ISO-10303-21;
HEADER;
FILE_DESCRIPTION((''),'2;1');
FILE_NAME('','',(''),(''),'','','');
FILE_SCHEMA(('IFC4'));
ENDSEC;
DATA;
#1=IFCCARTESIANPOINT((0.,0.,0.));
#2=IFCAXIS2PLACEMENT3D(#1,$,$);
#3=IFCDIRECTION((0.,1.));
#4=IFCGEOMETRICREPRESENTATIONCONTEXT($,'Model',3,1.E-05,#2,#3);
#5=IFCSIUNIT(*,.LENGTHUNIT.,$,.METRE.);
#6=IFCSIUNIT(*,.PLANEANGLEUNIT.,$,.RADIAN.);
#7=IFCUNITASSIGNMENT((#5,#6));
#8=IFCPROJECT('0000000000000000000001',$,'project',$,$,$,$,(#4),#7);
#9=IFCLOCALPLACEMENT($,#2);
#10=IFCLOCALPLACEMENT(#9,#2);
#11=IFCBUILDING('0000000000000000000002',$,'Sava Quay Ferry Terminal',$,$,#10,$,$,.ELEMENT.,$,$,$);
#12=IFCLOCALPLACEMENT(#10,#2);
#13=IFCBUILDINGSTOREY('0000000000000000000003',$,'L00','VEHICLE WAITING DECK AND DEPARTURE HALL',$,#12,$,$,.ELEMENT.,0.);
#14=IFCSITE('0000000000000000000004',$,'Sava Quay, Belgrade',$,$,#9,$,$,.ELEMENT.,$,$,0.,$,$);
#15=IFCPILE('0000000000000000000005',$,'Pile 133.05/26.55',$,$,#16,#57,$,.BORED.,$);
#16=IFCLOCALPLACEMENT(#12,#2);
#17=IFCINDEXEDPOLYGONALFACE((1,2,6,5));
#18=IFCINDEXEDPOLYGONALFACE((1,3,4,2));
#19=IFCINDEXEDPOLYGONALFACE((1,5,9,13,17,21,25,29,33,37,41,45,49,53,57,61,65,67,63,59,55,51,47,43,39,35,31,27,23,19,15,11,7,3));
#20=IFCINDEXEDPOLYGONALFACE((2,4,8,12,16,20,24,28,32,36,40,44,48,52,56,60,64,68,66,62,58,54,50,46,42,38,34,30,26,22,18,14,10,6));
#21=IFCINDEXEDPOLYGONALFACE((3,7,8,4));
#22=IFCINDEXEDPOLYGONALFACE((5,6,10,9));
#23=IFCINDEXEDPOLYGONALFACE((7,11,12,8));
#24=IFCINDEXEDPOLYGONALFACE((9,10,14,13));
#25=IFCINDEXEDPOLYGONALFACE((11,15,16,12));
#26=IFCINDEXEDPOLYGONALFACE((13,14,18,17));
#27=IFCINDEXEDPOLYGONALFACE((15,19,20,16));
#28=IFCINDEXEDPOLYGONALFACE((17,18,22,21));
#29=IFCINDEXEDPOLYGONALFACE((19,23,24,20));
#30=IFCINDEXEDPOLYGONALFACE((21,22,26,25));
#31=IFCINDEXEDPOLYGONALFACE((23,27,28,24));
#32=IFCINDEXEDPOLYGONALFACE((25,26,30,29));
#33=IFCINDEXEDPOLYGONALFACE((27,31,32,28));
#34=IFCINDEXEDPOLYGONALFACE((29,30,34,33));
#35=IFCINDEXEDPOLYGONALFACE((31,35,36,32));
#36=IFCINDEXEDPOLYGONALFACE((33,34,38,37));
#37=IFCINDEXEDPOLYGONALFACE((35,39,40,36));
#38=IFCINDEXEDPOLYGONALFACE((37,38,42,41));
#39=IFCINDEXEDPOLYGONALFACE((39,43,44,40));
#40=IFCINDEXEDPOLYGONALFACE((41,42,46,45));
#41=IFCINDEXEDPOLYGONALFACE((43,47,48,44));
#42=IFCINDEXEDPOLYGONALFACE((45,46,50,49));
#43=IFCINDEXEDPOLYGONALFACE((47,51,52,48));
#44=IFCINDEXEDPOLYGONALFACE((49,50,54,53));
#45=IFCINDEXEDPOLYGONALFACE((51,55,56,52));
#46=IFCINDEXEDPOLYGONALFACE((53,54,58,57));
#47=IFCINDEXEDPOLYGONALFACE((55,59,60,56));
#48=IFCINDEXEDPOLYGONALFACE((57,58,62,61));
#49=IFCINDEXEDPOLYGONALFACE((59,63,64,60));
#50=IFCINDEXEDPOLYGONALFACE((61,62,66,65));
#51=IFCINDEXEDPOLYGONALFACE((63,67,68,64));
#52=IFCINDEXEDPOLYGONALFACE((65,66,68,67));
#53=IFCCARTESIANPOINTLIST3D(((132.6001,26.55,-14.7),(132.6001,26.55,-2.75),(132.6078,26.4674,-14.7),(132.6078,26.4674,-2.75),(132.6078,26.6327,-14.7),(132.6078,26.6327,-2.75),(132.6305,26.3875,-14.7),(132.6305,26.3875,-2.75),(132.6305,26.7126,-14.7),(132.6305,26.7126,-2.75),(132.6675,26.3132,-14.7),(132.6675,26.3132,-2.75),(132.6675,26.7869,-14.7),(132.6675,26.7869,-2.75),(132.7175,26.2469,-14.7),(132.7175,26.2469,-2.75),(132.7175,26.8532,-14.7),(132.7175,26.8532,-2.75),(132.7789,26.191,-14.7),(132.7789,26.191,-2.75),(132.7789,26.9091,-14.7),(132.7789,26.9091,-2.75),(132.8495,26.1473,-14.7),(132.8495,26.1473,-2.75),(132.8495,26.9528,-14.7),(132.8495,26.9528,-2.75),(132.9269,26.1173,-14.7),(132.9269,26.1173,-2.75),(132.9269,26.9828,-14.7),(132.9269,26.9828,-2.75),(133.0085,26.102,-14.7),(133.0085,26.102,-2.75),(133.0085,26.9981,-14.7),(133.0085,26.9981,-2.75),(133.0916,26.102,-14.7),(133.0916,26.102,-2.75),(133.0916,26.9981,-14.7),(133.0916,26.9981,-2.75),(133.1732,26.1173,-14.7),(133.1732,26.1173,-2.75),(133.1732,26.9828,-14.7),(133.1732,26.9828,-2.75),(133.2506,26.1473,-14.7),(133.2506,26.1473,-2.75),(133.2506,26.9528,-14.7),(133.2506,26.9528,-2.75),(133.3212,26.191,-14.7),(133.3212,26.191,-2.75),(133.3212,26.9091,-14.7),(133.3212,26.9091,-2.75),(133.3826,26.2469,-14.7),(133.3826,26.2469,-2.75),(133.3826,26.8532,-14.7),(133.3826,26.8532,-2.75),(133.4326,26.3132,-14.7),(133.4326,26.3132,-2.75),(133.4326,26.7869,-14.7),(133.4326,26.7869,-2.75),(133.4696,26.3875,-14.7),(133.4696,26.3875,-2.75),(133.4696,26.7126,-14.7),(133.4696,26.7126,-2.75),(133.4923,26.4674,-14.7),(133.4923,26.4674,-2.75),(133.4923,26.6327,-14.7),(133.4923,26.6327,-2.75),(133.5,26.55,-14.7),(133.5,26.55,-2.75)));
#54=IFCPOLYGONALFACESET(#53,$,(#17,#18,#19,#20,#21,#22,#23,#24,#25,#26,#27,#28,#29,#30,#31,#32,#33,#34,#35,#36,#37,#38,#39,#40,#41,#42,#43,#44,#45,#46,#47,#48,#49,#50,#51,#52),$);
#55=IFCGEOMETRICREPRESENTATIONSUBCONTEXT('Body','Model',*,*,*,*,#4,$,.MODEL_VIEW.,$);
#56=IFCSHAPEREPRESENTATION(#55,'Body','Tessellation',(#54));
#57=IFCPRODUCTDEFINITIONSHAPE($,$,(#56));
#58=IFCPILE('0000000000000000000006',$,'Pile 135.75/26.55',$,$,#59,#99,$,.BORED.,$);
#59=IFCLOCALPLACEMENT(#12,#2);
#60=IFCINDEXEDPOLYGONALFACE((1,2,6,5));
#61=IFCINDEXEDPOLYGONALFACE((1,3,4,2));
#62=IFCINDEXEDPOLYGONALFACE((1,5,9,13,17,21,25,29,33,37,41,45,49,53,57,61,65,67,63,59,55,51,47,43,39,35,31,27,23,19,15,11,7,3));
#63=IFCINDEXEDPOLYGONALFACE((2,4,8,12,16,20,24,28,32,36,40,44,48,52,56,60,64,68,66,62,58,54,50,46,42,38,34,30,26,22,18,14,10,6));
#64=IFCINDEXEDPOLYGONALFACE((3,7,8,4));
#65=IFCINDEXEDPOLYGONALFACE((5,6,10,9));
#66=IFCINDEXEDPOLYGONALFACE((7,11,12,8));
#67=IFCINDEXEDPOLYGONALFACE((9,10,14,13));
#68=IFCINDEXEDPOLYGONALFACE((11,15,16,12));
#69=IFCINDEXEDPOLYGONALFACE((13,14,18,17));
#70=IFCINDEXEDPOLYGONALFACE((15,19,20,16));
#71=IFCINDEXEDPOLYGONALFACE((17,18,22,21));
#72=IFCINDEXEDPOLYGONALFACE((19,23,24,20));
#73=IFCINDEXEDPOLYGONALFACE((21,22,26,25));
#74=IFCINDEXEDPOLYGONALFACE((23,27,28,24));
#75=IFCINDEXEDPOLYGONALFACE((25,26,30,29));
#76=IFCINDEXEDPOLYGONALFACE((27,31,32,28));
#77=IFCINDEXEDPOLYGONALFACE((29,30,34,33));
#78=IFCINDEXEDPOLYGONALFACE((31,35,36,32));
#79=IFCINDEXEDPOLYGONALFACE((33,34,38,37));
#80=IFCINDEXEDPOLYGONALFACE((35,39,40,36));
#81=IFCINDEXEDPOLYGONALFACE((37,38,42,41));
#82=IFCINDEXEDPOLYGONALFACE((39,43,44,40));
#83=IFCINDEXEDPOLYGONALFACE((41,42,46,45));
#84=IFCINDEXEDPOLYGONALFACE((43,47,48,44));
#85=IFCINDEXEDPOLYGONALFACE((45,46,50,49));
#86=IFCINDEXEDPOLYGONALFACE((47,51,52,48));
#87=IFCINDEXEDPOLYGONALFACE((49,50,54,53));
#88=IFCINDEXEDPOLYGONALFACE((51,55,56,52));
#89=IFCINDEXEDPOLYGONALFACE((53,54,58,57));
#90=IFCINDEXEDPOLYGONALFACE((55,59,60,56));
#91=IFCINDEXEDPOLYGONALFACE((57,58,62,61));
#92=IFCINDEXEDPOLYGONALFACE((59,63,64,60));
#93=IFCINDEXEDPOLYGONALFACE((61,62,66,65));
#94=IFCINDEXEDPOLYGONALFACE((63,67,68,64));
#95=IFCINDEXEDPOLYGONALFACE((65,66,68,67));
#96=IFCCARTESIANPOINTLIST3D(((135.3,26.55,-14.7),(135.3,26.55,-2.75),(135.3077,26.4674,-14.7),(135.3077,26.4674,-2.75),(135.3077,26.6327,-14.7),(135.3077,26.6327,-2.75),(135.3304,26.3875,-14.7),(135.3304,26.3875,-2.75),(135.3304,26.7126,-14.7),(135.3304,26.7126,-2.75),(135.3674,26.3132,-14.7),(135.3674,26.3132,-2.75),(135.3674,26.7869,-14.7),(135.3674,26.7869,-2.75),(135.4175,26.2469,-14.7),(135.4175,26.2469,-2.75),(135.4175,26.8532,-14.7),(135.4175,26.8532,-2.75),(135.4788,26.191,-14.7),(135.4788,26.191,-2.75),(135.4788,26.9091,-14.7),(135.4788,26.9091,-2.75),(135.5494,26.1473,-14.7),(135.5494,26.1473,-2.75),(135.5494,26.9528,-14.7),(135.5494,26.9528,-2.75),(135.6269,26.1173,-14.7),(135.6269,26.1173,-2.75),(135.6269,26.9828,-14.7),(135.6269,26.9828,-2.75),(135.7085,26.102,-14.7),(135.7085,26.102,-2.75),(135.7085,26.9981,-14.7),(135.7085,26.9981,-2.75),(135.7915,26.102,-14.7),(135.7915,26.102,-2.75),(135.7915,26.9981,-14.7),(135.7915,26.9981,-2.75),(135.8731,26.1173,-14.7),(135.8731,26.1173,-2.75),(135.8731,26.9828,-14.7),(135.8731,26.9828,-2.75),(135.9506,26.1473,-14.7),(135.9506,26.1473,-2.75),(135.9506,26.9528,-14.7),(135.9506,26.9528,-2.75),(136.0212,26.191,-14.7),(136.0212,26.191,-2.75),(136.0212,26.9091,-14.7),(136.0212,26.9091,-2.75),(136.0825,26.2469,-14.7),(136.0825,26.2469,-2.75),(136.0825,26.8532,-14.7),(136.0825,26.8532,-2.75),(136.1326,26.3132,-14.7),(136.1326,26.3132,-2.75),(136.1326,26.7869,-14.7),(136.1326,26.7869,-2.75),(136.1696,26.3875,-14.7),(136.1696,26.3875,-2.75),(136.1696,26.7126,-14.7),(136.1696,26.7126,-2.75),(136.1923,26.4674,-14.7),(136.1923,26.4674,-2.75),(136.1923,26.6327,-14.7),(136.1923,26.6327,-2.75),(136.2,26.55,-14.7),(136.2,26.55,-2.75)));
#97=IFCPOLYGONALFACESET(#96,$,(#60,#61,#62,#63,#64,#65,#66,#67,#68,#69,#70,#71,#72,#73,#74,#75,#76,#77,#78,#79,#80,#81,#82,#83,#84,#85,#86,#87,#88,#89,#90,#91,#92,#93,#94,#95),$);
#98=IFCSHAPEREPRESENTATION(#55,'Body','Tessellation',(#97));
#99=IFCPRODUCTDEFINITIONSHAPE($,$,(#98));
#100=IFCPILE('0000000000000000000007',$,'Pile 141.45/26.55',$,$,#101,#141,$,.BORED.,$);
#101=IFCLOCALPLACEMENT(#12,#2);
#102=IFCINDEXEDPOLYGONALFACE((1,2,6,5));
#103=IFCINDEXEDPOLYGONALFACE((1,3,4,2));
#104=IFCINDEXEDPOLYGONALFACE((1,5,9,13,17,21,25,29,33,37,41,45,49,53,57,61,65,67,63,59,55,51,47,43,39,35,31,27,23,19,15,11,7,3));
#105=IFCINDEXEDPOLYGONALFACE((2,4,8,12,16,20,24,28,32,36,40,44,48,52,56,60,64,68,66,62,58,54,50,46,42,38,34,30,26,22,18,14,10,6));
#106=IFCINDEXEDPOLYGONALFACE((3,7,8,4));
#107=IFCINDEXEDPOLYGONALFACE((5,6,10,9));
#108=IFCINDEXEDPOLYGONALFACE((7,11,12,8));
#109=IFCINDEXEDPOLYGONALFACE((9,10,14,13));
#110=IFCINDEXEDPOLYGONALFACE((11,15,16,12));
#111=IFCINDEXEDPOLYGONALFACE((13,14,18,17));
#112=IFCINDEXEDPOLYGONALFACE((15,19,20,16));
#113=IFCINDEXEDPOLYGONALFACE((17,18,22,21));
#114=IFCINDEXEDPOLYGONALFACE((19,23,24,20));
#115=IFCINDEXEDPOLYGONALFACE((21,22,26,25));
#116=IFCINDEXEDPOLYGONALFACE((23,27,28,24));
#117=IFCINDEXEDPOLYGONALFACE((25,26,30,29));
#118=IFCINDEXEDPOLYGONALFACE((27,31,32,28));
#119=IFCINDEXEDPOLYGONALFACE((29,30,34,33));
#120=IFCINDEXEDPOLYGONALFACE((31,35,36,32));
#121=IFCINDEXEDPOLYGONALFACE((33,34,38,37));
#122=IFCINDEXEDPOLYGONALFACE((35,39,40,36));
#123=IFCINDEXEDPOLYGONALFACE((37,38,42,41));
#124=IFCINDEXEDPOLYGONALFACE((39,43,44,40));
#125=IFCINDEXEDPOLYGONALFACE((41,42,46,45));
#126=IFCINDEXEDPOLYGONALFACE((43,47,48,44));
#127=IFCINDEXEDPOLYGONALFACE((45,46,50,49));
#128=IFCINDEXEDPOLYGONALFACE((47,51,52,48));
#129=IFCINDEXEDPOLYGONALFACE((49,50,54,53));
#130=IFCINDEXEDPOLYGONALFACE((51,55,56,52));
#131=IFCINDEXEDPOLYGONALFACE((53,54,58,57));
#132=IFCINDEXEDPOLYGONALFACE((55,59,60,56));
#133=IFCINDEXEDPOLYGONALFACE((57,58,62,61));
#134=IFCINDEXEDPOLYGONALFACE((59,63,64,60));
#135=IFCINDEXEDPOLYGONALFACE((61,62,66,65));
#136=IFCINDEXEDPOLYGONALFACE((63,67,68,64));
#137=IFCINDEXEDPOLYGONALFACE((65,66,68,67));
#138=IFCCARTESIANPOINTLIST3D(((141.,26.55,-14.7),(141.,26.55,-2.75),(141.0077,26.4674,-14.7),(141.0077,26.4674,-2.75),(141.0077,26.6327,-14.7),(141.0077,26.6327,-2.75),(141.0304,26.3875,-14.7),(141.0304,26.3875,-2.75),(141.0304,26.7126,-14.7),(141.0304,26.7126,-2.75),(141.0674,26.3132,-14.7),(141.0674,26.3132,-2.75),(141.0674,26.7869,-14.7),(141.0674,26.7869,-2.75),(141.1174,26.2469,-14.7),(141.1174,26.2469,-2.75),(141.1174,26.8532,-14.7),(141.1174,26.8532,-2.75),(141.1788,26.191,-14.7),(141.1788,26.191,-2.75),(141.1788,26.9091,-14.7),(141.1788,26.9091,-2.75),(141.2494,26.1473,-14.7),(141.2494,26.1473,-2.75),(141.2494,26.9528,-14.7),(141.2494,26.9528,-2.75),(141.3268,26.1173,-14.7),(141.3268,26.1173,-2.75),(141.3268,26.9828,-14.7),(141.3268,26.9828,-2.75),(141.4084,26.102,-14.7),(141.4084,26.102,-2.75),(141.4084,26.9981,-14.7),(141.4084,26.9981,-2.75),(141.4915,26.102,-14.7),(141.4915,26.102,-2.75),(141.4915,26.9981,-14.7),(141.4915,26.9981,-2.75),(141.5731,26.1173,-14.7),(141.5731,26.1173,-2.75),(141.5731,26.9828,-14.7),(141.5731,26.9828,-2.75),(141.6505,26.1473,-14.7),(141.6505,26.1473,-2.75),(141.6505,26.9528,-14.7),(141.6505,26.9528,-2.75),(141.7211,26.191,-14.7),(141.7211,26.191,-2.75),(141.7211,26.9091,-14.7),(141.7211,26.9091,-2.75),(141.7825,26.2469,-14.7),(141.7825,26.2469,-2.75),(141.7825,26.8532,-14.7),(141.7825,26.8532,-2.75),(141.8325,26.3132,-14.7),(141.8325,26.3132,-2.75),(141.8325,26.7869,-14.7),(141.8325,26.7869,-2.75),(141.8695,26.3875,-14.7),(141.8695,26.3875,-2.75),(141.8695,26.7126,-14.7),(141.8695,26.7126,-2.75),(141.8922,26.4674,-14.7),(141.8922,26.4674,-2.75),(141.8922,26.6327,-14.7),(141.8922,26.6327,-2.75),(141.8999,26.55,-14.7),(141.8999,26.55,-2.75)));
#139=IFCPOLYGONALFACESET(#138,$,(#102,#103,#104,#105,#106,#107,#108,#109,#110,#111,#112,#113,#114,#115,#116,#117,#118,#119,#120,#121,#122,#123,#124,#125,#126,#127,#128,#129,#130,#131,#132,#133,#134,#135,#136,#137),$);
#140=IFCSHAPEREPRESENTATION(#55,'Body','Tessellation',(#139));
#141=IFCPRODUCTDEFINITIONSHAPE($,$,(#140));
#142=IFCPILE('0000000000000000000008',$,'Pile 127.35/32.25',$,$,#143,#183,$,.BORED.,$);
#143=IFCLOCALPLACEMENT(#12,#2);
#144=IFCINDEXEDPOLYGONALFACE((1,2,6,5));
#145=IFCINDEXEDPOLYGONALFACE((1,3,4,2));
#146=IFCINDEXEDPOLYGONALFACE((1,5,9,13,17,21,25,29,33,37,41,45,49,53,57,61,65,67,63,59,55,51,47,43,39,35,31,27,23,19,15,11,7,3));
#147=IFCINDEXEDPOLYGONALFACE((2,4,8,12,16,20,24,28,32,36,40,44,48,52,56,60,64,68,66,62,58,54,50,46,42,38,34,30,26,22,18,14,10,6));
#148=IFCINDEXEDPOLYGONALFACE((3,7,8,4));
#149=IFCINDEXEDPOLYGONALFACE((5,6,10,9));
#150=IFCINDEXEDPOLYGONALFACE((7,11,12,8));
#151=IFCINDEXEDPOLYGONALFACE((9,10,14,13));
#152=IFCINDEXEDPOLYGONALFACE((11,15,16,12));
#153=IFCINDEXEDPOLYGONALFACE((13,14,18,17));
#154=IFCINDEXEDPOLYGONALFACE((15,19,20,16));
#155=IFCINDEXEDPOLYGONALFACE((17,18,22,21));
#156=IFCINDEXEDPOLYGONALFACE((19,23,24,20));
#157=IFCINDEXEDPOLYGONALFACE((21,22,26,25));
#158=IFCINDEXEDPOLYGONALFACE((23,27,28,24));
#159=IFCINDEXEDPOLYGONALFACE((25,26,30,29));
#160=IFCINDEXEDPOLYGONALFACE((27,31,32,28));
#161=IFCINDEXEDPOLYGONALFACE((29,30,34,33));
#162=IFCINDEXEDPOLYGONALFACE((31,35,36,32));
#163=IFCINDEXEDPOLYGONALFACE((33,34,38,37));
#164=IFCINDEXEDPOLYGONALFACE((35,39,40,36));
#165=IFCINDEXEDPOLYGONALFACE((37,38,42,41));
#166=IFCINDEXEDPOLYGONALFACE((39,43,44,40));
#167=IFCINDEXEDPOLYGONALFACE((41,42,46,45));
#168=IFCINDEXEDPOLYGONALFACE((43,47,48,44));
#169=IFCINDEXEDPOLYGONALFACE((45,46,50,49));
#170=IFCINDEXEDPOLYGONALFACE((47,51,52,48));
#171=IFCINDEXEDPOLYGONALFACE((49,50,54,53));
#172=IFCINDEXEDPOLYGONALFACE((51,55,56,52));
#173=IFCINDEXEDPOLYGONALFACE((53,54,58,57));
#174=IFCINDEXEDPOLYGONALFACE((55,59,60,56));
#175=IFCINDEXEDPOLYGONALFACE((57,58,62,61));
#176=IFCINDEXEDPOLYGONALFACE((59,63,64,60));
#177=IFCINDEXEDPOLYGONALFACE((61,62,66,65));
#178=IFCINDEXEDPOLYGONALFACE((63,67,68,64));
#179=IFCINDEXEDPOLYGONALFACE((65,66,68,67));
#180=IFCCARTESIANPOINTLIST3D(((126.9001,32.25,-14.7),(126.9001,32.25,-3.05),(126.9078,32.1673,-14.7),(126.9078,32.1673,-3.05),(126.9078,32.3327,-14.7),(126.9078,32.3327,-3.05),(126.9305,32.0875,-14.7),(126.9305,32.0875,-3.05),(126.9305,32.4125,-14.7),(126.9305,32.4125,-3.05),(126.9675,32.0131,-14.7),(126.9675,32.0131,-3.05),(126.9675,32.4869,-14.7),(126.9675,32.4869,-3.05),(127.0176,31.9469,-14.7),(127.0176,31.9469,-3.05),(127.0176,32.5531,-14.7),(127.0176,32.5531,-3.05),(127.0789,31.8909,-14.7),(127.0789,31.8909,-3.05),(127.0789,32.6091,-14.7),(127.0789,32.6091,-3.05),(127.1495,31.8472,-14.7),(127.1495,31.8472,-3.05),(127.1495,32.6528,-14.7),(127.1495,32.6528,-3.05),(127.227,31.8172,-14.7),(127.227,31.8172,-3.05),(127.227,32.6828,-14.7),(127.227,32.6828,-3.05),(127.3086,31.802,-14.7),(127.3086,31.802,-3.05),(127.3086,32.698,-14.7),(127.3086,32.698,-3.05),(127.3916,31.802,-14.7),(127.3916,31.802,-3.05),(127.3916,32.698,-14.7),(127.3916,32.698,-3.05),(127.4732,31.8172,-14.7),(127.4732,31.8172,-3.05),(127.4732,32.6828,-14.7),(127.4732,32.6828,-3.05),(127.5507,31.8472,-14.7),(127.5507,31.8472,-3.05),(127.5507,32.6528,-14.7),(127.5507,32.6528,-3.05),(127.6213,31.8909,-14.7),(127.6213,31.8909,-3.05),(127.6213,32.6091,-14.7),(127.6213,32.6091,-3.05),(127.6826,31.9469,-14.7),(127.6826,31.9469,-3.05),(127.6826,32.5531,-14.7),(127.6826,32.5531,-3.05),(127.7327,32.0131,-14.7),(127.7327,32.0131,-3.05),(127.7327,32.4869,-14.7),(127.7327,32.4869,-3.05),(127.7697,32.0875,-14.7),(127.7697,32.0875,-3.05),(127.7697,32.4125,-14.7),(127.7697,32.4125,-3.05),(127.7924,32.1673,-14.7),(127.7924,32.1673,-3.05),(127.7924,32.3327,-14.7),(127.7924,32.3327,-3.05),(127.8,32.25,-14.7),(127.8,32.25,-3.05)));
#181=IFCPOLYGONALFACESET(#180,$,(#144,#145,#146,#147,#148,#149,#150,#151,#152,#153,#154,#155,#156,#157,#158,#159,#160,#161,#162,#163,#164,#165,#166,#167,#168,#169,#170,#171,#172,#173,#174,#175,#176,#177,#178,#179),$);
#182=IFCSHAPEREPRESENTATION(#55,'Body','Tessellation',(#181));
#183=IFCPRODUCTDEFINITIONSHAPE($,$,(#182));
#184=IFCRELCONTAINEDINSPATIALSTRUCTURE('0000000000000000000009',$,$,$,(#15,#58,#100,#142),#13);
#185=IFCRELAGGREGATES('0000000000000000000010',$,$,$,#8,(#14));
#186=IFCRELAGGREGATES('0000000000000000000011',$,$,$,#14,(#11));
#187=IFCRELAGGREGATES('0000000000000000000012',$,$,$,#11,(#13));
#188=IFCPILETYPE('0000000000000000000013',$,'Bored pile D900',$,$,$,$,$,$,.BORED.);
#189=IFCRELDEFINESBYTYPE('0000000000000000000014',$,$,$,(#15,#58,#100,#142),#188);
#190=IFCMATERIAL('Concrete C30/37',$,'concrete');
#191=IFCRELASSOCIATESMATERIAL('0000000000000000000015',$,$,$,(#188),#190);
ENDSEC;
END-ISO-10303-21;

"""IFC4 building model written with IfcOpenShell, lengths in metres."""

from ifc_helpers import new_model, si_unit, direction, frame, origin, origin_2d, place, context, subcontext, project, spatial, circle, extrude, material, material_profile, profile_set, type_object, element, save


model = new_model("IFC4")

# Units and contexts
model_context = context("Model", 3, precision=1e-05, world=origin(), true_north=direction((0.0, 1.0)))
body_context = subcontext(model_context, "Body", "Model", "MODEL_VIEW")
ifc_project = project(units=[si_unit("LENGTHUNIT", "METRE"), si_unit("PLANEANGLEUNIT", "RADIAN")], contexts=[model_context])

# Site, building, storey
site_placement = place(None, origin())
site = spatial("IfcSite", under=ifc_project, at=site_placement, Name="Sava Quay, Belgrade", CompositionType="ELEMENT", RefElevation=0.0)
building_placement = place(site_placement, origin())
building = spatial("IfcBuilding", under=site, at=building_placement, Name="Sava Quay Ferry Terminal", CompositionType="ELEMENT")
storey_placement = place(building_placement, origin())
storey = spatial("IfcBuildingStorey", under=building, at=storey_placement, Name="L00", Description="VEHICLE WAITING DECK AND DEPARTURE HALL", CompositionType="ELEMENT", Elevation=0.0)

# Piles
ifc_material_1 = material(Name="Concrete C30/37", Category="concrete")
ifc_material_profile_1 = material_profile(ifc_material_1, circle(Radius=0.45, at=origin_2d()), Name="Bored pile D900")
ifc_profile_set_1 = profile_set([ifc_material_profile_1], Name="Concrete C30/37")
pile_type = type_object("IfcPileType", Name="Bored pile D900", PredefinedType="BORED", material=ifc_profile_set_1)
for number, where, z_axis, x_axis, name in (
    (1, (133.05, 26.55, -2.75), (0.0, 0.0, -1.0), (1.0, 0.0, 0.0), "Pile 133.05/26.55"),
    (2, (135.75, 26.55, -2.75), (0.0, 0.0, -1.0), (1.0, 0.0, 0.0), "Pile 135.75/26.55"),
    (3, (141.45, 26.55, -2.75), (0.0, 0.0, -1.0), (1.0, 0.0, 0.0), "Pile 141.45/26.55"),
):
    element("IfcPile", number, at=place(storey_placement, frame(where, z_axis=z_axis, x_axis=x_axis)), inside=storey, type_object=pile_type, Name=name, PredefinedType="BORED", context=body_context, shape_type="SweptSolid", body=[
        extrude(circle(Radius=0.45, at=origin_2d()), origin(), (0.0, 0.0, 1.0), 11.95),
    ])
for number, where, z_axis, x_axis, name in (
    (4, (127.3501, 32.25, -3.05), (0.0, 0.0, -1.0), (1.0, 0.0, 0.0), "Pile 127.35/32.25"),
):
    element("IfcPile", number, at=place(storey_placement, frame(where, z_axis=z_axis, x_axis=x_axis)), inside=storey, type_object=pile_type, Name=name, PredefinedType="BORED", context=body_context, shape_type="SweptSolid", body=[
        extrude(circle(Radius=0.45, at=origin_2d()), origin(), (0.0, 0.0, 1.0), 11.6499),
    ])

save(model, "model.ifc")
